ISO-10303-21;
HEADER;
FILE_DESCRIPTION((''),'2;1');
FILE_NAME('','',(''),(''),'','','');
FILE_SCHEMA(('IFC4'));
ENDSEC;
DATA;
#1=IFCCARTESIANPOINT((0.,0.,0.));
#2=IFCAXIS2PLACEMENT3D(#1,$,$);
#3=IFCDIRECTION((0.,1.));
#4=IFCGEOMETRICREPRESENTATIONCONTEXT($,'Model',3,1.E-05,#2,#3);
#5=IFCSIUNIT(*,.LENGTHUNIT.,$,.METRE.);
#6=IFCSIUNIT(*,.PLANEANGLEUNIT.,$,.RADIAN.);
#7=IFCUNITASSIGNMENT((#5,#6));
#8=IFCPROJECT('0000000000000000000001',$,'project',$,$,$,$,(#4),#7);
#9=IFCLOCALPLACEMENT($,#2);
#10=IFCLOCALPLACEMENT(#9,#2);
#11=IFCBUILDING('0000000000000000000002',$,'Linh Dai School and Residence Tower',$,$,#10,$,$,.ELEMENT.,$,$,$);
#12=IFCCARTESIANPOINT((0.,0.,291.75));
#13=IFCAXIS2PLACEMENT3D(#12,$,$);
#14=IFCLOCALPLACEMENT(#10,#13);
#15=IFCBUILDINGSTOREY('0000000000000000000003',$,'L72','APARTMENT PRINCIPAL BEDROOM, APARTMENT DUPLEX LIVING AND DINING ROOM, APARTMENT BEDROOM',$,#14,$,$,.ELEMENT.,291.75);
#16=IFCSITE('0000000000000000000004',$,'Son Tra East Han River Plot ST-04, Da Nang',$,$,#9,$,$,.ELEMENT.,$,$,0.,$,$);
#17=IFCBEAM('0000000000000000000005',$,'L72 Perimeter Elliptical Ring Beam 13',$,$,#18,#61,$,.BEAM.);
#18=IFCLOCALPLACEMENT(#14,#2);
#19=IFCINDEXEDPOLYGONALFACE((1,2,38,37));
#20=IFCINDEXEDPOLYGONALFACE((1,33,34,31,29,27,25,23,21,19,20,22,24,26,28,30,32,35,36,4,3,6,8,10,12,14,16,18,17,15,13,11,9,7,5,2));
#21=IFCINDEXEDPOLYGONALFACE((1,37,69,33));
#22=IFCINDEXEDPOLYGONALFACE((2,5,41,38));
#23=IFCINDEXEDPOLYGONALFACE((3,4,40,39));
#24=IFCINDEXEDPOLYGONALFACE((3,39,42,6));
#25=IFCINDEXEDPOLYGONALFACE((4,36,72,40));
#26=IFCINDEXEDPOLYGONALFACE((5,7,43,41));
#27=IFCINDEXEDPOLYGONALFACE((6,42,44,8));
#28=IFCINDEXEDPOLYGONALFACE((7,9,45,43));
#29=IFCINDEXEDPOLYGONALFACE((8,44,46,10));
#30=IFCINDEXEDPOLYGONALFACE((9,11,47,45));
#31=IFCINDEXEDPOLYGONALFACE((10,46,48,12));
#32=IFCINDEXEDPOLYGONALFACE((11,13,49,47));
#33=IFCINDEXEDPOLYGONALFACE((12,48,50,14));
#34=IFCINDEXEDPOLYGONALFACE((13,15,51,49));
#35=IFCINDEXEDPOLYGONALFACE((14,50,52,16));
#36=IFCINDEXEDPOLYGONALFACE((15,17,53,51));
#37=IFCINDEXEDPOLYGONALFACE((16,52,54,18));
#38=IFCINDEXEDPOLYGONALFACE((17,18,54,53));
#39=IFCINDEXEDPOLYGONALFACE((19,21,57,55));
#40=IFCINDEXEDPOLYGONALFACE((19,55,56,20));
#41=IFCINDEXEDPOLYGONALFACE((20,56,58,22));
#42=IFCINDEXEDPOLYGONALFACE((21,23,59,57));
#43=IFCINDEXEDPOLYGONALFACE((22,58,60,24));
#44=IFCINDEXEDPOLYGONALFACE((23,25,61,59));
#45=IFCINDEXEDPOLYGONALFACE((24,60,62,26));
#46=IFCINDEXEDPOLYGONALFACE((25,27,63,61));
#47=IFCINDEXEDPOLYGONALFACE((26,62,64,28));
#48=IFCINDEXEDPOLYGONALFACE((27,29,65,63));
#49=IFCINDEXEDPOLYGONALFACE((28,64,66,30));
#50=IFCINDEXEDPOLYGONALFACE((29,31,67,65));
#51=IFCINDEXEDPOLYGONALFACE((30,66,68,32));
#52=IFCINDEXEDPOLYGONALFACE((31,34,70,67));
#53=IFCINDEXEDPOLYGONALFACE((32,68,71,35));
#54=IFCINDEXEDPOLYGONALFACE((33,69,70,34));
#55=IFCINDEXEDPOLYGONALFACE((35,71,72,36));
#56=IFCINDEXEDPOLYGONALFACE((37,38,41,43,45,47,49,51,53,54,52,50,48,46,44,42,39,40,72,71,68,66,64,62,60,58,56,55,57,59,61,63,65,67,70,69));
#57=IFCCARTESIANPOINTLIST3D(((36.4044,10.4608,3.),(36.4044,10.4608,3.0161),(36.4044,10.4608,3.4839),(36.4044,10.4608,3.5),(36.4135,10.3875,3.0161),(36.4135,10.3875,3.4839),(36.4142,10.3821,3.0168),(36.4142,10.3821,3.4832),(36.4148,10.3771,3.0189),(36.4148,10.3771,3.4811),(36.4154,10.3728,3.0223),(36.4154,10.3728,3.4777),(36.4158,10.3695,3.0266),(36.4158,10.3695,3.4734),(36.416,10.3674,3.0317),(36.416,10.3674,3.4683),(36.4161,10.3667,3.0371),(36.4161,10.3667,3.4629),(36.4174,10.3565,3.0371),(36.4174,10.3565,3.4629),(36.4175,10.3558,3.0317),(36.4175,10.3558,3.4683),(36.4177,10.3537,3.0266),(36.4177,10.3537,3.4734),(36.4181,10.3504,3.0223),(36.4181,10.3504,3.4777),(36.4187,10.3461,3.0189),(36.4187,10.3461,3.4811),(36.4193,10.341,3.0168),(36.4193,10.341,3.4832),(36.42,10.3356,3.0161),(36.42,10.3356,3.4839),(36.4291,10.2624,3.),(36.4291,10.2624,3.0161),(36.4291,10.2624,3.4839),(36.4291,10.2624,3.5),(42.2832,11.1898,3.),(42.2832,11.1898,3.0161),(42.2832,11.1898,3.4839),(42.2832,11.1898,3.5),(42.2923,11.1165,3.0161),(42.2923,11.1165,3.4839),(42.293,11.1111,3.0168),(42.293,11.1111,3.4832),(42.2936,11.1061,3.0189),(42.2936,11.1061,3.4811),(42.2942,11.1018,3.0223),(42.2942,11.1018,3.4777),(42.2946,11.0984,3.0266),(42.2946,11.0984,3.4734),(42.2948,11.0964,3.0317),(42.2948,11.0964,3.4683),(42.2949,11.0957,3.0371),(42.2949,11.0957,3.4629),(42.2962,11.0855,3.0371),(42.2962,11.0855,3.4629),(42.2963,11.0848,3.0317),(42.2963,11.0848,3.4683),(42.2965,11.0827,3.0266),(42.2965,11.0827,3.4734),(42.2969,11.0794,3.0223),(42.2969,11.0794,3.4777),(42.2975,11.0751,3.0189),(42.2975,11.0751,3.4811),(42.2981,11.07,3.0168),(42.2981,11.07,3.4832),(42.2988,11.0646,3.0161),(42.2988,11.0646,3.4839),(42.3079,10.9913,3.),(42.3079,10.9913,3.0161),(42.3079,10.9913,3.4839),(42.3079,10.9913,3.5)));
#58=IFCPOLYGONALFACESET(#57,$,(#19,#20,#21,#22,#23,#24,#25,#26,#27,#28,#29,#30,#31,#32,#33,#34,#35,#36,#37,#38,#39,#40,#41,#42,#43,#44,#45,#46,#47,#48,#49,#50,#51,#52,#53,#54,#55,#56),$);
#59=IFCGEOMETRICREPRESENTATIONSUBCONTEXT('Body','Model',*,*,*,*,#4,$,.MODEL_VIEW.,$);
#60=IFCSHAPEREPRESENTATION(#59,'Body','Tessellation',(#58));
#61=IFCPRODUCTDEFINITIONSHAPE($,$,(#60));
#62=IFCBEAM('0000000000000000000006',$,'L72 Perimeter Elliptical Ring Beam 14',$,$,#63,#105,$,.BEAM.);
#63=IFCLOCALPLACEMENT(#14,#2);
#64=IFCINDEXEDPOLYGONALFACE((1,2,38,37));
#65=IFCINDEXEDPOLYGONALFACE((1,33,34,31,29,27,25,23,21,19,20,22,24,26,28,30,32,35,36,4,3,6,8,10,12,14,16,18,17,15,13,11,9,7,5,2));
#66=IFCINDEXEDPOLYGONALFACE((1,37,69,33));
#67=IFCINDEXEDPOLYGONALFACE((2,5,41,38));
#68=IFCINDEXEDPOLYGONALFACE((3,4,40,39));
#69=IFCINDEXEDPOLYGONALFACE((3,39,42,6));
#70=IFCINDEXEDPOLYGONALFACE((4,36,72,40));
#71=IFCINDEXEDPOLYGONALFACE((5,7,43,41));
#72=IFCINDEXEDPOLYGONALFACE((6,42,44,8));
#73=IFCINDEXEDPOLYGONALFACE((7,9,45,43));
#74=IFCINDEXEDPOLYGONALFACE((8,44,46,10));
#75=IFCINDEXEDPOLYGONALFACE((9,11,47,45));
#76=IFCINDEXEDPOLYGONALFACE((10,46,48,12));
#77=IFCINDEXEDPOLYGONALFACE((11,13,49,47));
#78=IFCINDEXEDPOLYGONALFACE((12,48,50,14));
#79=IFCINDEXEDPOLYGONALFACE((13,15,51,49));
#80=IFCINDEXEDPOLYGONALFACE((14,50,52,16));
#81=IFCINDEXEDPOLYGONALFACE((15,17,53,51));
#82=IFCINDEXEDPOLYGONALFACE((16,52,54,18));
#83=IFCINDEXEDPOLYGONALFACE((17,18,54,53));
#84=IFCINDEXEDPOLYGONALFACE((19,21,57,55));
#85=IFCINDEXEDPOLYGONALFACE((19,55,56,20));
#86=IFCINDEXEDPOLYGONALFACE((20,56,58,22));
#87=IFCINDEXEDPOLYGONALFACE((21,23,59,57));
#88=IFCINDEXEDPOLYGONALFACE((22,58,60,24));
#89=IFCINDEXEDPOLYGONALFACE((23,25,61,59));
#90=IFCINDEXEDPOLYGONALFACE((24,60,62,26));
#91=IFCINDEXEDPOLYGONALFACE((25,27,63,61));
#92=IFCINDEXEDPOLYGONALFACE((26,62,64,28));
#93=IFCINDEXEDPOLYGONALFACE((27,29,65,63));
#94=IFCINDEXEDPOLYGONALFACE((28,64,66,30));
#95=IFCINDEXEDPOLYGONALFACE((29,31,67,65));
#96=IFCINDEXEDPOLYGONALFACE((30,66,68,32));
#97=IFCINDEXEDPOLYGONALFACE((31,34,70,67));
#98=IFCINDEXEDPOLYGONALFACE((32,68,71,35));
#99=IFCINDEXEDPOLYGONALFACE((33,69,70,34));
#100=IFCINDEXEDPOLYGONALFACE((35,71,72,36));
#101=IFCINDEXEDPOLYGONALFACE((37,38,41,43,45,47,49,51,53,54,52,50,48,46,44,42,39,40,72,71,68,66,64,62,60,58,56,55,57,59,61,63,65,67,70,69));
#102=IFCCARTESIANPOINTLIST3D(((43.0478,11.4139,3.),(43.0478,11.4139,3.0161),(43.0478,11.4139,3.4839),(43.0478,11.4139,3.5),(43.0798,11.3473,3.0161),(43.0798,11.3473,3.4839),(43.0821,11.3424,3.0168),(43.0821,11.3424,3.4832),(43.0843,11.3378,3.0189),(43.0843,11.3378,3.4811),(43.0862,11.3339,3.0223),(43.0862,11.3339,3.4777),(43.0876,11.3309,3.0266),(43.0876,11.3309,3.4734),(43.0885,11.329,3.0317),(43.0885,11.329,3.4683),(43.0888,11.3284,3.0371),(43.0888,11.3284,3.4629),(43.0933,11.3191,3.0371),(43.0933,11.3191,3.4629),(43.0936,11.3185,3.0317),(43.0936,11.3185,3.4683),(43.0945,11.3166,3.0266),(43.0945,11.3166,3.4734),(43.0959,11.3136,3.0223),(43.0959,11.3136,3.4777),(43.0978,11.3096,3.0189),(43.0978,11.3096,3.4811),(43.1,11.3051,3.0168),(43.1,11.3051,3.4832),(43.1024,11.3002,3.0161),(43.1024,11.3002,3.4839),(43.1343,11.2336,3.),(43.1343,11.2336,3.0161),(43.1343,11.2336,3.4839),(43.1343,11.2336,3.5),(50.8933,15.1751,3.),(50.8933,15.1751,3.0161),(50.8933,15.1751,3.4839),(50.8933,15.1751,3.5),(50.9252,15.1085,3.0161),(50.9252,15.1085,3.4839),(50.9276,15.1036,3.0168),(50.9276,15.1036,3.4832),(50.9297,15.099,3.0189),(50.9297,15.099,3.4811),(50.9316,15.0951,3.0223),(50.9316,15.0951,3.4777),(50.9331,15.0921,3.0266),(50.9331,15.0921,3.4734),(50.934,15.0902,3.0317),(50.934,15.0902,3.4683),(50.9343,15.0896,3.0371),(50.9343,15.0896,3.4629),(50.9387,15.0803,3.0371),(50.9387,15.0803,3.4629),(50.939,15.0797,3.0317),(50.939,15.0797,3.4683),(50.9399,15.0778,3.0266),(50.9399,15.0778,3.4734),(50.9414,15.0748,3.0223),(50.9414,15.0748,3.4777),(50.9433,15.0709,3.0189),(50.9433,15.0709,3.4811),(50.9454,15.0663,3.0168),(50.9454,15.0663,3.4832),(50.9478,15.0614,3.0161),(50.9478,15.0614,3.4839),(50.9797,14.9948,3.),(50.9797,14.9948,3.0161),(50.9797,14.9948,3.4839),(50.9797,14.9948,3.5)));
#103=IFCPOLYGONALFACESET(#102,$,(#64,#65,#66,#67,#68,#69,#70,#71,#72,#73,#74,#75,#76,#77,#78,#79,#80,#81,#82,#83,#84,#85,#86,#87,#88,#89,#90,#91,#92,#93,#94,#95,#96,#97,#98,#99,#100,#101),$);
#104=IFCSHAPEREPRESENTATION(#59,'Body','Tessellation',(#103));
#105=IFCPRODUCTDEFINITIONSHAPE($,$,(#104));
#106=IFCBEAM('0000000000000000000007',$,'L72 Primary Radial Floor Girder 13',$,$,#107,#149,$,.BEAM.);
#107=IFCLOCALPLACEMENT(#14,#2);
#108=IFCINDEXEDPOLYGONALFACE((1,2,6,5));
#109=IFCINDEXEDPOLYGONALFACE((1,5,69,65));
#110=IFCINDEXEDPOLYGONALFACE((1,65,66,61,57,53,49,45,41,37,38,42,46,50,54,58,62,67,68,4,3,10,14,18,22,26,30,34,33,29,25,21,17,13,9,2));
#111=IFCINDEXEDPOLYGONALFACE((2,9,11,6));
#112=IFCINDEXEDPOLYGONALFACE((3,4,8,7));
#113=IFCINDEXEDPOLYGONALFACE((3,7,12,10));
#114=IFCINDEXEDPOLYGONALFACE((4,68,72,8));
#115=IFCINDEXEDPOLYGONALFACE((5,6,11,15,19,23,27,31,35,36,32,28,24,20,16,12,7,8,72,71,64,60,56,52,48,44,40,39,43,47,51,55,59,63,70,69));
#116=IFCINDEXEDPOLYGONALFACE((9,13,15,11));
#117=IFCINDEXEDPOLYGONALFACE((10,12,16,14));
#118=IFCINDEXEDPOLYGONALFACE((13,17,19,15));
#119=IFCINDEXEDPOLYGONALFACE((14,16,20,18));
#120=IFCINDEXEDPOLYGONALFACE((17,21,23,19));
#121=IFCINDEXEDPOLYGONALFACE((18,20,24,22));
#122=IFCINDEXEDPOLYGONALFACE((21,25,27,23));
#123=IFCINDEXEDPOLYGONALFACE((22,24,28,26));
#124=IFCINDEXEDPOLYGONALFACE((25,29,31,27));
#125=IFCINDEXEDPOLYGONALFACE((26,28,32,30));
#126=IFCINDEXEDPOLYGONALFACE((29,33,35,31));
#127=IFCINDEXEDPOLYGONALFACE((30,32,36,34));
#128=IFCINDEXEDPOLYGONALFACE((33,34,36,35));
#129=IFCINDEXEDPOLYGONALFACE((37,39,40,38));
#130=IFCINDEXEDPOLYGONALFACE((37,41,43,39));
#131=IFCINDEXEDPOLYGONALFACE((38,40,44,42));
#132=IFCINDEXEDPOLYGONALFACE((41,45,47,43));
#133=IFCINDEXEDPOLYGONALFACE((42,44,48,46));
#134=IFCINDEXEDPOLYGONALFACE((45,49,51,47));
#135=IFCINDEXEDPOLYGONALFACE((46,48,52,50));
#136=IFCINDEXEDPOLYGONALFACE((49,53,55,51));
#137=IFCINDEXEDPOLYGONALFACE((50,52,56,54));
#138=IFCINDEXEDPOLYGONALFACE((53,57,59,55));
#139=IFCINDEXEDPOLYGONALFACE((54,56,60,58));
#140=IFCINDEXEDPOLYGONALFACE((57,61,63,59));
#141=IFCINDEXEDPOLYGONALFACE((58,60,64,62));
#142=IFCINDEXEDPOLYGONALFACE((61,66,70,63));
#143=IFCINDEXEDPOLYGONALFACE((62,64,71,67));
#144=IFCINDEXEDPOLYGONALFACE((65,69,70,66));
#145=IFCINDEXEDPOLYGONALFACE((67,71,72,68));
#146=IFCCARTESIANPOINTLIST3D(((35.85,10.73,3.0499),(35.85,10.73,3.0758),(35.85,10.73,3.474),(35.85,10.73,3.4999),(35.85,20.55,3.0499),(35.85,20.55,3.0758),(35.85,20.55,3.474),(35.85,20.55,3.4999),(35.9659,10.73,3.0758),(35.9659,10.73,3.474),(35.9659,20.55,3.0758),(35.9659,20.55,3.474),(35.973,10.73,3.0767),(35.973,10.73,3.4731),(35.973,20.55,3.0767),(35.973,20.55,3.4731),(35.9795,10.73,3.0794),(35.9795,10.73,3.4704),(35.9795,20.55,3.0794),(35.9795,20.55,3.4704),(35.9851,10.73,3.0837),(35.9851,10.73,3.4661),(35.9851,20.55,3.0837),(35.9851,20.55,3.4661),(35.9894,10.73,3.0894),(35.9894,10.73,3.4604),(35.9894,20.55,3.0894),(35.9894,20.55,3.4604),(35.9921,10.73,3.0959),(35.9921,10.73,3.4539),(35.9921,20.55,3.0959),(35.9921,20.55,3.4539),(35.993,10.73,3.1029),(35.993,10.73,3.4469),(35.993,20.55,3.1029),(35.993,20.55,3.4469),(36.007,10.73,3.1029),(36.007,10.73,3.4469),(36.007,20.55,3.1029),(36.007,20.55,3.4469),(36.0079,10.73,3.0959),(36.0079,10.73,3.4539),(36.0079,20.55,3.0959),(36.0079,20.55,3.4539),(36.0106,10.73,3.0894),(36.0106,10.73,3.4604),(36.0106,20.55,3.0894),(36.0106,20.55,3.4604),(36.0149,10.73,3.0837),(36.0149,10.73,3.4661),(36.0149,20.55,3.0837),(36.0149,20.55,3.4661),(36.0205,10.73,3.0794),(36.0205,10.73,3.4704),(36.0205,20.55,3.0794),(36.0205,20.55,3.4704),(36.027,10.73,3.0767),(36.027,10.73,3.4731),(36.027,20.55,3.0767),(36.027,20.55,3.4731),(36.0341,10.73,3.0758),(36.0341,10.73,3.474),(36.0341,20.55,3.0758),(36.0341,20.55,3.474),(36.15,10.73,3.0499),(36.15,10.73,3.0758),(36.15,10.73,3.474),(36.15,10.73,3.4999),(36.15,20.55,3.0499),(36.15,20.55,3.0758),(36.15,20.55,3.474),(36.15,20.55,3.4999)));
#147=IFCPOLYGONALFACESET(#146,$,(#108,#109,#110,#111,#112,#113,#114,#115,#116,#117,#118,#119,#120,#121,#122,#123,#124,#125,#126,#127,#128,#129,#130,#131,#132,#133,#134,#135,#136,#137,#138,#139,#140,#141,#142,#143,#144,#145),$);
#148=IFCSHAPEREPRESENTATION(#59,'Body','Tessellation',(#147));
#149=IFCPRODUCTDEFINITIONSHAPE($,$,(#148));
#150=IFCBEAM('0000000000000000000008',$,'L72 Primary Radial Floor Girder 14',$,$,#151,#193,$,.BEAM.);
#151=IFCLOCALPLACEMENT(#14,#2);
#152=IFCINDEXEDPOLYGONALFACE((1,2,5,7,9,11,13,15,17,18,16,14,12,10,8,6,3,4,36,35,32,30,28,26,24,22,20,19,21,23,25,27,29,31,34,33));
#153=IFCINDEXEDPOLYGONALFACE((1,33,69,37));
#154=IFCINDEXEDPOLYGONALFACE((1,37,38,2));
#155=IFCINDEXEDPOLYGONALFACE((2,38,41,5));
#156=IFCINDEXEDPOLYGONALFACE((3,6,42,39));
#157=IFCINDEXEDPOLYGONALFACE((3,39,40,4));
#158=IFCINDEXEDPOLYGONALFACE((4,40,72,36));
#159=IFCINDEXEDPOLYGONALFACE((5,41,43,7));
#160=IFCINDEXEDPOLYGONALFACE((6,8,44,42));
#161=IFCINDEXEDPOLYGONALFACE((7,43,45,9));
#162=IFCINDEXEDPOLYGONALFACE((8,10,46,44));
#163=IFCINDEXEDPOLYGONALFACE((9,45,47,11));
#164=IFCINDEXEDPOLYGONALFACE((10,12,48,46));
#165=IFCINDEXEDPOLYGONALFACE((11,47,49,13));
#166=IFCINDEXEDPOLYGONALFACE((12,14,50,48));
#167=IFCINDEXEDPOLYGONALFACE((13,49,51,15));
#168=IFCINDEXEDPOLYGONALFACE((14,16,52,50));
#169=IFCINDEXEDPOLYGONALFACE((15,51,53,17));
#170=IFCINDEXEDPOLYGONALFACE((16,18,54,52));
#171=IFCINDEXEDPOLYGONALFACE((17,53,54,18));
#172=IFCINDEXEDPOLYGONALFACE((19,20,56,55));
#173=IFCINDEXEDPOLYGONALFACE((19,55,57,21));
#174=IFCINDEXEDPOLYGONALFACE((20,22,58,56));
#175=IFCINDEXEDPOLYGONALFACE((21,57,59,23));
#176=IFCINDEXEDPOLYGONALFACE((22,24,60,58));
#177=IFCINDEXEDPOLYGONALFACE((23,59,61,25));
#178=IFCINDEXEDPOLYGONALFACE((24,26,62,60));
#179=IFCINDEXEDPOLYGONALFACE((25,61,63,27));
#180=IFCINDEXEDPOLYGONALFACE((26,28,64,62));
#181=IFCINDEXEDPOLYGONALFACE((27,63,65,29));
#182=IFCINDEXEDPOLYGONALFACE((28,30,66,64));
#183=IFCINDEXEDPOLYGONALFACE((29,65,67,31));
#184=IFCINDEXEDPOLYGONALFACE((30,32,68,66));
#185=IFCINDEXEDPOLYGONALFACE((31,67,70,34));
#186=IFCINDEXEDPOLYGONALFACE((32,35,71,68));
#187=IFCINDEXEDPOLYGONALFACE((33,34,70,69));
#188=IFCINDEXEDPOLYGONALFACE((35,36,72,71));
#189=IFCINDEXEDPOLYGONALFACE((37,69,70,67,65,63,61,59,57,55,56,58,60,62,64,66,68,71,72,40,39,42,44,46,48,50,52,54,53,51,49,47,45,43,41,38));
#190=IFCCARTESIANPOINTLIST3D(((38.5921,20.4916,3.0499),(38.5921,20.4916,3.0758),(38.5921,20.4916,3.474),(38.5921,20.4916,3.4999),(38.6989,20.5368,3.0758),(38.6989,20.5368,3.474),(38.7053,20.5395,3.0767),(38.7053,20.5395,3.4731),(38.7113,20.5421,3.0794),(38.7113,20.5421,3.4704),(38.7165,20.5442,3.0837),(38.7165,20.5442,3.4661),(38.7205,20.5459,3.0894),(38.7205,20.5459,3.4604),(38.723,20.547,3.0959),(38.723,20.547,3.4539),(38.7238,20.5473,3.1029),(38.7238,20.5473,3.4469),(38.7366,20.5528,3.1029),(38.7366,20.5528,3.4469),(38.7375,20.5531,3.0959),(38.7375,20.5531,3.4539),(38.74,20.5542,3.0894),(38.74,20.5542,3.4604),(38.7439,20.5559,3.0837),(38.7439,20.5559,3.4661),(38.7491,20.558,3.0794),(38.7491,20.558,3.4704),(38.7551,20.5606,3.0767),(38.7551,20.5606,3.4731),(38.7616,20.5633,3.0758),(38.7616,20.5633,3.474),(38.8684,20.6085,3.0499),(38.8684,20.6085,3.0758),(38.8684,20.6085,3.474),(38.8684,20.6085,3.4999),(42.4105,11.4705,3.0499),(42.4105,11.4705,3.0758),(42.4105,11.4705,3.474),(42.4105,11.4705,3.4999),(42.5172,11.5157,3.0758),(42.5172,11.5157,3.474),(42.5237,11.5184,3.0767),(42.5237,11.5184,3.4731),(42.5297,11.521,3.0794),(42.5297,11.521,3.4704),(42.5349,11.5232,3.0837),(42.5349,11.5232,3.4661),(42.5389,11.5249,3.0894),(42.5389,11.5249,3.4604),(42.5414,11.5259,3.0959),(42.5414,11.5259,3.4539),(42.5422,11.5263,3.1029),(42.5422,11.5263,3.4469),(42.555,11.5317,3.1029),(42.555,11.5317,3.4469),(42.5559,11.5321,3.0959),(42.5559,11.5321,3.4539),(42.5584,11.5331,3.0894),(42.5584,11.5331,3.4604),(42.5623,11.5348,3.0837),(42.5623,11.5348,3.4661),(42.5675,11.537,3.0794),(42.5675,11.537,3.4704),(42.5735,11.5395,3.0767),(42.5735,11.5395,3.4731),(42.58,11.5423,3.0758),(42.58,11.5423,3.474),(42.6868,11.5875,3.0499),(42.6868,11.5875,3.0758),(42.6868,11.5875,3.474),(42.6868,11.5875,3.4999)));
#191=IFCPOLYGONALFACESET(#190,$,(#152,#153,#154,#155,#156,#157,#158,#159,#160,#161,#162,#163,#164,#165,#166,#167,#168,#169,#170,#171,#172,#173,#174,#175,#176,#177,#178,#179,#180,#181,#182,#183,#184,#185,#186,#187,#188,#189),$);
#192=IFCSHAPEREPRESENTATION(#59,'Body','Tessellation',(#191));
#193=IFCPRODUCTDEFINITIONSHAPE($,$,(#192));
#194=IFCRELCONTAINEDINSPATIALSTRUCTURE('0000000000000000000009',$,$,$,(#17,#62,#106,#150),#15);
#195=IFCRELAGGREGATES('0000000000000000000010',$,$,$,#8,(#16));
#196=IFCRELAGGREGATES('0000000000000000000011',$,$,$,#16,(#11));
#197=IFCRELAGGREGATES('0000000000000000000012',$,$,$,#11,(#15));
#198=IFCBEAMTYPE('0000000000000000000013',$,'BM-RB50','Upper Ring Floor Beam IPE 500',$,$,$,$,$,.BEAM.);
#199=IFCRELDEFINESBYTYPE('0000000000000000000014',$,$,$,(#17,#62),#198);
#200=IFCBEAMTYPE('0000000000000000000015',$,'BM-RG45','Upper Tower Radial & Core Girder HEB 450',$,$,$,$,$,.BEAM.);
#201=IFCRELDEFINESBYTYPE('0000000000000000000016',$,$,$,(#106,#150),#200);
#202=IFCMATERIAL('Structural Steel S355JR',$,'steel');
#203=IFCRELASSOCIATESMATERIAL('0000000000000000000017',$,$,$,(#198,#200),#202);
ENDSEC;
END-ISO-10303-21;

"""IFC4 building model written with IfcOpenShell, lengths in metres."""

from ifc_helpers import new_model, si_unit, direction, frame, origin, origin_2d, place, context, subcontext, project, spatial, i_section, extrude, material, material_profile, profile_set, type_object, element, save


model = new_model("IFC4")

# Units and contexts
model_context = context("Model", 3, precision=1e-05, world=origin(), true_north=direction((0.0, 1.0)))
body_context = subcontext(model_context, "Body", "Model", "MODEL_VIEW")
ifc_project = project(units=[si_unit("LENGTHUNIT", "METRE"), si_unit("PLANEANGLEUNIT", "RADIAN")], contexts=[model_context])

# Site, building, storey
site_placement = place(None, origin())
site = spatial("IfcSite", under=ifc_project, at=site_placement, Name="Son Tra East Han River Plot ST-04, Da Nang", CompositionType="ELEMENT", RefElevation=0.0)
building_placement = place(site_placement, origin())
building = spatial("IfcBuilding", under=site, at=building_placement, Name="Linh Dai School and Residence Tower", CompositionType="ELEMENT")
storey_placement = place(building_placement, frame((0.0, 0.0, 291.75)))
storey = spatial("IfcBuildingStorey", under=building, at=storey_placement, Name="L72", Description="APARTMENT PRINCIPAL BEDROOM, APARTMENT DUPLEX LIVING AND DINING ROOM, APARTMENT BEDROOM", CompositionType="ELEMENT", Elevation=291.75)

# Shared definitions
ifc_material_1 = material(Name="Structural Steel S355JR", Category="steel")

# Beams
ifc_material_profile_1 = material_profile(ifc_material_1, i_section(OverallWidth=0.2, OverallDepth=0.5, WebThickness=0.0103, FlangeThickness=0.0161, FilletRadius=0.021, at=origin_2d()), Name="IPE 500")
ifc_profile_set_1 = profile_set([ifc_material_profile_1], Name="Structural Steel S355JR")
beam_type_1 = type_object("IfcBeamType", Name="BM-RB50", Description="Upper Ring Floor Beam IPE 500", PredefinedType="BEAM", material=ifc_profile_set_1)
beam_1_placement = place(storey_placement, frame((36.4167, 10.3616, 3.25), z_axis=(0.992399, 0.123061, 0.0), x_axis=(-0.123061, 0.992399, 0.0)))
element("IfcBeam", 1, at=beam_1_placement, inside=storey, type_object=beam_type_1, Name="L72 Perimeter Elliptical Ring Beam 13", PredefinedType="BEAM", context=body_context, shape_type="SweptSolid", body=[
    extrude(i_section(OverallWidth=0.2, OverallDepth=0.5, WebThickness=0.0103, FlangeThickness=0.0161, FilletRadius=0.021, at=origin_2d()), origin(), (0.0, 0.0, 1.0), 5.9238),
])
beam_2_placement = place(storey_placement, frame((43.0911, 11.3237, 3.25), z_axis=(0.901729, 0.432302, 0.0), x_axis=(-0.432302, 0.901729, 0.0)))
element("IfcBeam", 2, at=beam_2_placement, inside=storey, type_object=beam_type_1, Name="L72 Perimeter Elliptical Ring Beam 14", PredefinedType="BEAM", context=body_context, shape_type="SweptSolid", body=[
    extrude(i_section(OverallWidth=0.2, OverallDepth=0.5, WebThickness=0.0103, FlangeThickness=0.0161, FilletRadius=0.021, at=origin_2d()), origin(), (0.0, 0.0, 1.0), 8.7004),
])
ifc_material_profile_2 = material_profile(ifc_material_1, i_section(OverallWidth=0.3, OverallDepth=0.45, WebThickness=0.0139, FlangeThickness=0.0259, FilletRadius=0.0271, at=origin_2d()), Name="HEB 450")
ifc_profile_set_2 = profile_set([ifc_material_profile_2], Name="Structural Steel S355JR")
beam_type_2 = type_object("IfcBeamType", Name="BM-RG45", Description="Upper Tower Radial & Core Girder HEB 450", PredefinedType="BEAM", material=ifc_profile_set_2)
beam_3_placement = place(storey_placement, frame((36.0, 20.55, 3.2749), z_axis=(0.0, -1.0, 0.0), x_axis=(1.0, 0.0, 0.0)))
element("IfcBeam", 3, at=beam_3_placement, inside=storey, type_object=beam_type_2, Name="L72 Primary Radial Floor Girder 13", PredefinedType="BEAM", context=body_context, shape_type="SweptSolid", body=[
    extrude(i_section(OverallWidth=0.3, OverallDepth=0.45, WebThickness=0.0139, FlangeThickness=0.0259, FilletRadius=0.0271, at=origin_2d()), origin(), (0.0, 0.0, 1.0), 9.8201),
])
beam_4_placement = place(storey_placement, frame((38.7302, 20.55, 3.2749), z_axis=(0.389794, -0.920902, 0.0), x_axis=(0.920902, 0.389794, 0.0)))
element("IfcBeam", 4, at=beam_4_placement, inside=storey, type_object=beam_type_2, Name="L72 Primary Radial Floor Girder 14", PredefinedType="BEAM", context=body_context, shape_type="SweptSolid", body=[
    extrude(i_section(OverallWidth=0.3, OverallDepth=0.45, WebThickness=0.0139, FlangeThickness=0.0259, FilletRadius=0.0271, at=origin_2d()), origin(), (0.0, 0.0, 1.0), 9.7959),
])

save(model, "model.ifc")
